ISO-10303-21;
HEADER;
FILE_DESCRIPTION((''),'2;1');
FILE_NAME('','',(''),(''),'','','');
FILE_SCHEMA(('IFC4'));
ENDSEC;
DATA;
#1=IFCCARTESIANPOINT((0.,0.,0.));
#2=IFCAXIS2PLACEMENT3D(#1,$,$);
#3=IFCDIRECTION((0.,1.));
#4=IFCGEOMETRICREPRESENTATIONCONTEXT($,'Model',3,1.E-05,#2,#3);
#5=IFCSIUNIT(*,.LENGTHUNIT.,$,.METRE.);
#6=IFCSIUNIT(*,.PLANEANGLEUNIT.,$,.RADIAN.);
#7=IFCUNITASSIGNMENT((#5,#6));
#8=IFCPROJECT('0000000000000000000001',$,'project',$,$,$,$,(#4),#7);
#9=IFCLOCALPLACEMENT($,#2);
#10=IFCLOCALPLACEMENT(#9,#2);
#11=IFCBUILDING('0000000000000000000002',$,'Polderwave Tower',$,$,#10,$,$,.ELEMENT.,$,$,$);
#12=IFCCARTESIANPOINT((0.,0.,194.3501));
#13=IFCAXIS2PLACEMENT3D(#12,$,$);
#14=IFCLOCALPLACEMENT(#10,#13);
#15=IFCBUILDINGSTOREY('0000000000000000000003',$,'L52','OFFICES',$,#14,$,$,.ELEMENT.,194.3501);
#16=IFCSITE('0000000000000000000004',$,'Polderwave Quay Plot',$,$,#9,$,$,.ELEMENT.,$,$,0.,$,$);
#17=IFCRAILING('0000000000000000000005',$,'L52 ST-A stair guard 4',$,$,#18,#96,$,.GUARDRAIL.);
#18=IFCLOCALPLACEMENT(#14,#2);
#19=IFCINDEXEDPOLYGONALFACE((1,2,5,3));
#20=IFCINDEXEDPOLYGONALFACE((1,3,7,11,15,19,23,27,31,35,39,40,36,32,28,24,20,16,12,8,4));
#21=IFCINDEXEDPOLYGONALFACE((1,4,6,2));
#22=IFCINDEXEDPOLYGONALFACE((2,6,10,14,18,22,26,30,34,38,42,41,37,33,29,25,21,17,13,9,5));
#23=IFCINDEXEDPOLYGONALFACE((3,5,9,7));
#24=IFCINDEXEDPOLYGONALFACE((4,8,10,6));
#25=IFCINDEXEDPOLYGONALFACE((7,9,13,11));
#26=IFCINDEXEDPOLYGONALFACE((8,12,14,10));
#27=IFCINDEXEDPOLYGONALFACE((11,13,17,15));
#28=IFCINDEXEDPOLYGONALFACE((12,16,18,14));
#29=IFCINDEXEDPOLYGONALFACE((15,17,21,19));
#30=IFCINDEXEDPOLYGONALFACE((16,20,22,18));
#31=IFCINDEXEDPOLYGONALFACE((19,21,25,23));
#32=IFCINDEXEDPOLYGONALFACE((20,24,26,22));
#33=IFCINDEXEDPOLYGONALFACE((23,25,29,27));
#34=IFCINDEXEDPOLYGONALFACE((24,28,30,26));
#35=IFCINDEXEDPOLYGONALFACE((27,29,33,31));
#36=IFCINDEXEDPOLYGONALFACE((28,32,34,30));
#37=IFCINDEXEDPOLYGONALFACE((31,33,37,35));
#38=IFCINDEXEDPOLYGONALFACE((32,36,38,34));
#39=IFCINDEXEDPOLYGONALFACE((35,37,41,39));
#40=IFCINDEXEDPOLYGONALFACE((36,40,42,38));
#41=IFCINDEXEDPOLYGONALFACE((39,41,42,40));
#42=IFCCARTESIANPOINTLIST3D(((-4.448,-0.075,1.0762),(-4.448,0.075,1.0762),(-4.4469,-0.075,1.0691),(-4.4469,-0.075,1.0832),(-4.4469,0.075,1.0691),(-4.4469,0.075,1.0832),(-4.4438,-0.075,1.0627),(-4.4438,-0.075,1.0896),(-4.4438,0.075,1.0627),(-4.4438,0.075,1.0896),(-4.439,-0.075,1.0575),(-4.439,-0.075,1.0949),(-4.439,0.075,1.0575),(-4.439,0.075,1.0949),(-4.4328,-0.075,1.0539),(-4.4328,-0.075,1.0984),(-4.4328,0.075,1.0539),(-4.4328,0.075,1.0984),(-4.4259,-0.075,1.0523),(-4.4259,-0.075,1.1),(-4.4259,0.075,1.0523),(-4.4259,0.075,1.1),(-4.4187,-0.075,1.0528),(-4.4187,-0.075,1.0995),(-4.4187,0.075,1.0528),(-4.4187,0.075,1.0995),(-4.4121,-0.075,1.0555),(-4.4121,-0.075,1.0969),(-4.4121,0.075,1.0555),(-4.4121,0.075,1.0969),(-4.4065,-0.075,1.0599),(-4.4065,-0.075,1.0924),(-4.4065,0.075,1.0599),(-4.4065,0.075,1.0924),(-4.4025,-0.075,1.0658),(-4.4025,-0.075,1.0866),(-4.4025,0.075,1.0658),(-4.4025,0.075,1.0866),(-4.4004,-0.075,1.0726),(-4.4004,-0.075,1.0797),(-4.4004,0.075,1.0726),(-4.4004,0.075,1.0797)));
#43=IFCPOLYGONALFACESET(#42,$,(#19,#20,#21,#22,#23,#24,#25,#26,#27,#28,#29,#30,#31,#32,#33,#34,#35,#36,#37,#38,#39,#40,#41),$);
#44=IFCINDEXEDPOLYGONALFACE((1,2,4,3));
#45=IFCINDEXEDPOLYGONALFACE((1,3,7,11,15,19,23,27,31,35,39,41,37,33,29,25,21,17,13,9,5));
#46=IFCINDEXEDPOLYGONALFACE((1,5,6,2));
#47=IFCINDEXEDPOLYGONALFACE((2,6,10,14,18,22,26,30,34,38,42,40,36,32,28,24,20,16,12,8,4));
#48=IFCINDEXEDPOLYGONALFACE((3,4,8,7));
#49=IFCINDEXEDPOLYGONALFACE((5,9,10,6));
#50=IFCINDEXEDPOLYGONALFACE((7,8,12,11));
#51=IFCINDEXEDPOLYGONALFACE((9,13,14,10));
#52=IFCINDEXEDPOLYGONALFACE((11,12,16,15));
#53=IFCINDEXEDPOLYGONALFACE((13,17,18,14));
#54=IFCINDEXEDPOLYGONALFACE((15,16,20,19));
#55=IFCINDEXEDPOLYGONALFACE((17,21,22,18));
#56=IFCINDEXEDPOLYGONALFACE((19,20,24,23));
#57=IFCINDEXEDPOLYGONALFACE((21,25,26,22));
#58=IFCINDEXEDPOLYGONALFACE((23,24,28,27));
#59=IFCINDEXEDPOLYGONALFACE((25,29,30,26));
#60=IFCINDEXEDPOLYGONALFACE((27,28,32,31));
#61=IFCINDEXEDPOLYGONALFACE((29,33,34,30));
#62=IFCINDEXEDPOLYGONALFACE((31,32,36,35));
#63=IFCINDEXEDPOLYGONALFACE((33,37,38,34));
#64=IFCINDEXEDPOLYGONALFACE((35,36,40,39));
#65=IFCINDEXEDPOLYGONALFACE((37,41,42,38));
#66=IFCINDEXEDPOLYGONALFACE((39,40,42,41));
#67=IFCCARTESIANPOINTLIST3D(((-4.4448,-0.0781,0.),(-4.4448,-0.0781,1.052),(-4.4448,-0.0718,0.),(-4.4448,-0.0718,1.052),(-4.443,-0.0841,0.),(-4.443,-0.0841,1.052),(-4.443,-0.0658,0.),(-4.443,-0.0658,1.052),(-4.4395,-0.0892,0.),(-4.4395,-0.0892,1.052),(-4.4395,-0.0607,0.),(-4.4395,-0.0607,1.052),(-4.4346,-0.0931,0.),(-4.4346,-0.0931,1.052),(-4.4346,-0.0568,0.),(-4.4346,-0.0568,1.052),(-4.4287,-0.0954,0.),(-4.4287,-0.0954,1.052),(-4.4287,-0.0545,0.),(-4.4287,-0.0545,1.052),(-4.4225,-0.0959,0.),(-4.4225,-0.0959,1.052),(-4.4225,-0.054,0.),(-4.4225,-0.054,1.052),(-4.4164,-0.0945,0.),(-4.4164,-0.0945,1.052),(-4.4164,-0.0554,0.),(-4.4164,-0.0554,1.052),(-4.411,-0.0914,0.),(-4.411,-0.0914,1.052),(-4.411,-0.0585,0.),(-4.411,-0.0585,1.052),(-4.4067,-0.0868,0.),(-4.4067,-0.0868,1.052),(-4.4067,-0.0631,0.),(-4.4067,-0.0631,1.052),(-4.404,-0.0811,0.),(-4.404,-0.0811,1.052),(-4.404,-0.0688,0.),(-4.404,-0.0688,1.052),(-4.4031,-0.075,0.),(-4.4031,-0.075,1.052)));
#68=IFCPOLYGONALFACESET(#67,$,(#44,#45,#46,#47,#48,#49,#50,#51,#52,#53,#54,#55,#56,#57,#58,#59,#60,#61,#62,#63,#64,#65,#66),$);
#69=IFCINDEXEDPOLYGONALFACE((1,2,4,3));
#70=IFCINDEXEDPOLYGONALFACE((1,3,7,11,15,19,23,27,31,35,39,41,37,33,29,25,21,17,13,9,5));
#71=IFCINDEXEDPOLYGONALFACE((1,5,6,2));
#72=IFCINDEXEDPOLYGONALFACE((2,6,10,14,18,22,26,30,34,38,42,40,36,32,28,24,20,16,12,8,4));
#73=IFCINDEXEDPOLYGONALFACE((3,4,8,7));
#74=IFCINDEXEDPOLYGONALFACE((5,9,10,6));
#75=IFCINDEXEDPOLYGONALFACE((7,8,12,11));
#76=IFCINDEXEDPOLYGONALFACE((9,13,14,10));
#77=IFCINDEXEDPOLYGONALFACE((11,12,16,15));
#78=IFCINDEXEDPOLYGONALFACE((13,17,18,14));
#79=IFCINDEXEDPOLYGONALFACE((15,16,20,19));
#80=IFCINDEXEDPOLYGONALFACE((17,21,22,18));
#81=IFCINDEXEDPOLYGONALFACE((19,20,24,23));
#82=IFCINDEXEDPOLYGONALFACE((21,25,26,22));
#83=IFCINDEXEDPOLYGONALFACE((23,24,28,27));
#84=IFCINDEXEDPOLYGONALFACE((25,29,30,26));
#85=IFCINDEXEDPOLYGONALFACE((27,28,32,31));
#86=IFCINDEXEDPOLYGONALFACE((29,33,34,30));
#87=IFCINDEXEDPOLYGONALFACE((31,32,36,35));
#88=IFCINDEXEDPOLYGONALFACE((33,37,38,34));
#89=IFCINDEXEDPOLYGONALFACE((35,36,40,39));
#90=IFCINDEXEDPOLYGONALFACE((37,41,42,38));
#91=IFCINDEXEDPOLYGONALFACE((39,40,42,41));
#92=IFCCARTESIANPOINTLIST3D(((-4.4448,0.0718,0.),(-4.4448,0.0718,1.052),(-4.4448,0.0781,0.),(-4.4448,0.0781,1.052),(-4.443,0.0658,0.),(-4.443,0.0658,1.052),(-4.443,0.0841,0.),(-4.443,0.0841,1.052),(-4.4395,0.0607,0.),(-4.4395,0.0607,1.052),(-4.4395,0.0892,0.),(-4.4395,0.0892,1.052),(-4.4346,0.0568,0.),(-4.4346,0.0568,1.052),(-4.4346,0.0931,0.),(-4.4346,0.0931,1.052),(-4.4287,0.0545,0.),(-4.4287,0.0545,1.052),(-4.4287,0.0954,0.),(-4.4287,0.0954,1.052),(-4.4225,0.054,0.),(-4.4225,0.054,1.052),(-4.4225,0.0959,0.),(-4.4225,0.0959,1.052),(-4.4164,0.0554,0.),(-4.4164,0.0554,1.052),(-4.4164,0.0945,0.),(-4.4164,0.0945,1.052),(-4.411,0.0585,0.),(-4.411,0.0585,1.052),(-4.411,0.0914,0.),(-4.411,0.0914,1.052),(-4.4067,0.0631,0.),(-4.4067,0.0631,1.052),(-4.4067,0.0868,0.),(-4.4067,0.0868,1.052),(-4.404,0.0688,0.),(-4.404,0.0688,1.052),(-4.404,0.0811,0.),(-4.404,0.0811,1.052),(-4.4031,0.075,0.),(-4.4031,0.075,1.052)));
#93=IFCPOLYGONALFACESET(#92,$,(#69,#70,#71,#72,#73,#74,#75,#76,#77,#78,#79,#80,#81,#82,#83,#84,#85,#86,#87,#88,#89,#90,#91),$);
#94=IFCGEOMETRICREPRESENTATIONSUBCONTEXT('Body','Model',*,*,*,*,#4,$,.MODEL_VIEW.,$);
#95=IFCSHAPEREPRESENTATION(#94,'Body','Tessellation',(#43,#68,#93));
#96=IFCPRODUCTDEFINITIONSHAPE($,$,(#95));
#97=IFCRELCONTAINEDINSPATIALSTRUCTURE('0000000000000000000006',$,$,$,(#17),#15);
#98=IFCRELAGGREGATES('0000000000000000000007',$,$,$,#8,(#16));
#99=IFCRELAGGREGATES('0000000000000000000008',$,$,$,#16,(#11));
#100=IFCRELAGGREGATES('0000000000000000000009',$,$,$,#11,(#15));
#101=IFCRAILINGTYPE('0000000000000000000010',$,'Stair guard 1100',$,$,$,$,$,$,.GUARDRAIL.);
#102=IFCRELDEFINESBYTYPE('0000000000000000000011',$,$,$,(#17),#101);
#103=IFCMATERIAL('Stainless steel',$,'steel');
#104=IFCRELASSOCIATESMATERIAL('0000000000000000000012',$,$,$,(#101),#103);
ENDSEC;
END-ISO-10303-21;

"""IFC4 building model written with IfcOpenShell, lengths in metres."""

from ifc_helpers import new_model, si_unit, direction, frame, origin, origin_2d, place, context, subcontext, project, spatial, circle, extrude, material, type_object, element, save


model = new_model("IFC4")

# Units and contexts
model_context = context("Model", 3, precision=1e-05, world=origin(), true_north=direction((0.0, 1.0)))
body_context = subcontext(model_context, "Body", "Model", "MODEL_VIEW")
ifc_project = project(units=[si_unit("LENGTHUNIT", "METRE"), si_unit("PLANEANGLEUNIT", "RADIAN")], contexts=[model_context])

# Site, building, storey
site_placement = place(None, origin())
site = spatial("IfcSite", under=ifc_project, at=site_placement, Name="Polderwave Quay Plot", CompositionType="ELEMENT", RefElevation=0.0)
building_placement = place(site_placement, origin())
building = spatial("IfcBuilding", under=site, at=building_placement, Name="Polderwave Tower", CompositionType="ELEMENT")
storey_placement = place(building_placement, frame((0.0, 0.0, 194.3501)))
storey = spatial("IfcBuildingStorey", under=building, at=storey_placement, Name="L52", Description="OFFICES", CompositionType="ELEMENT", Elevation=194.3501)

# Shared definitions
ifc_material_1 = material(Name="Stainless steel", Category="steel")

# Railing
railing_type = type_object("IfcRailingType", Name="Stair guard 1100", PredefinedType="GUARDRAIL", material=ifc_material_1)
railing_placement = place(storey_placement, frame((-4.4241, -0.075, 0.0)))
element("IfcRailing", 1, at=railing_placement, inside=storey, type_object=railing_type, Name="L52 ST-A stair guard 4", PredefinedType="GUARDRAIL", context=body_context, shape_type="SweptSolid", body=[
    extrude(circle(Radius=0.0239, at=origin_2d()), frame((0.0, 0.0, 1.0762), z_axis=(0.0, 1.0, 0.0), x_axis=(-1.0, 0.0, 0.0)), (0.0, 0.0, 1.0), 0.1499),
    extrude(circle(Radius=0.021, at=origin_2d()), origin(), (0.0, 0.0, 1.0), 1.052),
    extrude(circle(Radius=0.021, at=origin_2d()), frame((0.0, 0.1499, 0.0)), (0.0, 0.0, 1.0), 1.052),
])

save(model, "model.ifc")
